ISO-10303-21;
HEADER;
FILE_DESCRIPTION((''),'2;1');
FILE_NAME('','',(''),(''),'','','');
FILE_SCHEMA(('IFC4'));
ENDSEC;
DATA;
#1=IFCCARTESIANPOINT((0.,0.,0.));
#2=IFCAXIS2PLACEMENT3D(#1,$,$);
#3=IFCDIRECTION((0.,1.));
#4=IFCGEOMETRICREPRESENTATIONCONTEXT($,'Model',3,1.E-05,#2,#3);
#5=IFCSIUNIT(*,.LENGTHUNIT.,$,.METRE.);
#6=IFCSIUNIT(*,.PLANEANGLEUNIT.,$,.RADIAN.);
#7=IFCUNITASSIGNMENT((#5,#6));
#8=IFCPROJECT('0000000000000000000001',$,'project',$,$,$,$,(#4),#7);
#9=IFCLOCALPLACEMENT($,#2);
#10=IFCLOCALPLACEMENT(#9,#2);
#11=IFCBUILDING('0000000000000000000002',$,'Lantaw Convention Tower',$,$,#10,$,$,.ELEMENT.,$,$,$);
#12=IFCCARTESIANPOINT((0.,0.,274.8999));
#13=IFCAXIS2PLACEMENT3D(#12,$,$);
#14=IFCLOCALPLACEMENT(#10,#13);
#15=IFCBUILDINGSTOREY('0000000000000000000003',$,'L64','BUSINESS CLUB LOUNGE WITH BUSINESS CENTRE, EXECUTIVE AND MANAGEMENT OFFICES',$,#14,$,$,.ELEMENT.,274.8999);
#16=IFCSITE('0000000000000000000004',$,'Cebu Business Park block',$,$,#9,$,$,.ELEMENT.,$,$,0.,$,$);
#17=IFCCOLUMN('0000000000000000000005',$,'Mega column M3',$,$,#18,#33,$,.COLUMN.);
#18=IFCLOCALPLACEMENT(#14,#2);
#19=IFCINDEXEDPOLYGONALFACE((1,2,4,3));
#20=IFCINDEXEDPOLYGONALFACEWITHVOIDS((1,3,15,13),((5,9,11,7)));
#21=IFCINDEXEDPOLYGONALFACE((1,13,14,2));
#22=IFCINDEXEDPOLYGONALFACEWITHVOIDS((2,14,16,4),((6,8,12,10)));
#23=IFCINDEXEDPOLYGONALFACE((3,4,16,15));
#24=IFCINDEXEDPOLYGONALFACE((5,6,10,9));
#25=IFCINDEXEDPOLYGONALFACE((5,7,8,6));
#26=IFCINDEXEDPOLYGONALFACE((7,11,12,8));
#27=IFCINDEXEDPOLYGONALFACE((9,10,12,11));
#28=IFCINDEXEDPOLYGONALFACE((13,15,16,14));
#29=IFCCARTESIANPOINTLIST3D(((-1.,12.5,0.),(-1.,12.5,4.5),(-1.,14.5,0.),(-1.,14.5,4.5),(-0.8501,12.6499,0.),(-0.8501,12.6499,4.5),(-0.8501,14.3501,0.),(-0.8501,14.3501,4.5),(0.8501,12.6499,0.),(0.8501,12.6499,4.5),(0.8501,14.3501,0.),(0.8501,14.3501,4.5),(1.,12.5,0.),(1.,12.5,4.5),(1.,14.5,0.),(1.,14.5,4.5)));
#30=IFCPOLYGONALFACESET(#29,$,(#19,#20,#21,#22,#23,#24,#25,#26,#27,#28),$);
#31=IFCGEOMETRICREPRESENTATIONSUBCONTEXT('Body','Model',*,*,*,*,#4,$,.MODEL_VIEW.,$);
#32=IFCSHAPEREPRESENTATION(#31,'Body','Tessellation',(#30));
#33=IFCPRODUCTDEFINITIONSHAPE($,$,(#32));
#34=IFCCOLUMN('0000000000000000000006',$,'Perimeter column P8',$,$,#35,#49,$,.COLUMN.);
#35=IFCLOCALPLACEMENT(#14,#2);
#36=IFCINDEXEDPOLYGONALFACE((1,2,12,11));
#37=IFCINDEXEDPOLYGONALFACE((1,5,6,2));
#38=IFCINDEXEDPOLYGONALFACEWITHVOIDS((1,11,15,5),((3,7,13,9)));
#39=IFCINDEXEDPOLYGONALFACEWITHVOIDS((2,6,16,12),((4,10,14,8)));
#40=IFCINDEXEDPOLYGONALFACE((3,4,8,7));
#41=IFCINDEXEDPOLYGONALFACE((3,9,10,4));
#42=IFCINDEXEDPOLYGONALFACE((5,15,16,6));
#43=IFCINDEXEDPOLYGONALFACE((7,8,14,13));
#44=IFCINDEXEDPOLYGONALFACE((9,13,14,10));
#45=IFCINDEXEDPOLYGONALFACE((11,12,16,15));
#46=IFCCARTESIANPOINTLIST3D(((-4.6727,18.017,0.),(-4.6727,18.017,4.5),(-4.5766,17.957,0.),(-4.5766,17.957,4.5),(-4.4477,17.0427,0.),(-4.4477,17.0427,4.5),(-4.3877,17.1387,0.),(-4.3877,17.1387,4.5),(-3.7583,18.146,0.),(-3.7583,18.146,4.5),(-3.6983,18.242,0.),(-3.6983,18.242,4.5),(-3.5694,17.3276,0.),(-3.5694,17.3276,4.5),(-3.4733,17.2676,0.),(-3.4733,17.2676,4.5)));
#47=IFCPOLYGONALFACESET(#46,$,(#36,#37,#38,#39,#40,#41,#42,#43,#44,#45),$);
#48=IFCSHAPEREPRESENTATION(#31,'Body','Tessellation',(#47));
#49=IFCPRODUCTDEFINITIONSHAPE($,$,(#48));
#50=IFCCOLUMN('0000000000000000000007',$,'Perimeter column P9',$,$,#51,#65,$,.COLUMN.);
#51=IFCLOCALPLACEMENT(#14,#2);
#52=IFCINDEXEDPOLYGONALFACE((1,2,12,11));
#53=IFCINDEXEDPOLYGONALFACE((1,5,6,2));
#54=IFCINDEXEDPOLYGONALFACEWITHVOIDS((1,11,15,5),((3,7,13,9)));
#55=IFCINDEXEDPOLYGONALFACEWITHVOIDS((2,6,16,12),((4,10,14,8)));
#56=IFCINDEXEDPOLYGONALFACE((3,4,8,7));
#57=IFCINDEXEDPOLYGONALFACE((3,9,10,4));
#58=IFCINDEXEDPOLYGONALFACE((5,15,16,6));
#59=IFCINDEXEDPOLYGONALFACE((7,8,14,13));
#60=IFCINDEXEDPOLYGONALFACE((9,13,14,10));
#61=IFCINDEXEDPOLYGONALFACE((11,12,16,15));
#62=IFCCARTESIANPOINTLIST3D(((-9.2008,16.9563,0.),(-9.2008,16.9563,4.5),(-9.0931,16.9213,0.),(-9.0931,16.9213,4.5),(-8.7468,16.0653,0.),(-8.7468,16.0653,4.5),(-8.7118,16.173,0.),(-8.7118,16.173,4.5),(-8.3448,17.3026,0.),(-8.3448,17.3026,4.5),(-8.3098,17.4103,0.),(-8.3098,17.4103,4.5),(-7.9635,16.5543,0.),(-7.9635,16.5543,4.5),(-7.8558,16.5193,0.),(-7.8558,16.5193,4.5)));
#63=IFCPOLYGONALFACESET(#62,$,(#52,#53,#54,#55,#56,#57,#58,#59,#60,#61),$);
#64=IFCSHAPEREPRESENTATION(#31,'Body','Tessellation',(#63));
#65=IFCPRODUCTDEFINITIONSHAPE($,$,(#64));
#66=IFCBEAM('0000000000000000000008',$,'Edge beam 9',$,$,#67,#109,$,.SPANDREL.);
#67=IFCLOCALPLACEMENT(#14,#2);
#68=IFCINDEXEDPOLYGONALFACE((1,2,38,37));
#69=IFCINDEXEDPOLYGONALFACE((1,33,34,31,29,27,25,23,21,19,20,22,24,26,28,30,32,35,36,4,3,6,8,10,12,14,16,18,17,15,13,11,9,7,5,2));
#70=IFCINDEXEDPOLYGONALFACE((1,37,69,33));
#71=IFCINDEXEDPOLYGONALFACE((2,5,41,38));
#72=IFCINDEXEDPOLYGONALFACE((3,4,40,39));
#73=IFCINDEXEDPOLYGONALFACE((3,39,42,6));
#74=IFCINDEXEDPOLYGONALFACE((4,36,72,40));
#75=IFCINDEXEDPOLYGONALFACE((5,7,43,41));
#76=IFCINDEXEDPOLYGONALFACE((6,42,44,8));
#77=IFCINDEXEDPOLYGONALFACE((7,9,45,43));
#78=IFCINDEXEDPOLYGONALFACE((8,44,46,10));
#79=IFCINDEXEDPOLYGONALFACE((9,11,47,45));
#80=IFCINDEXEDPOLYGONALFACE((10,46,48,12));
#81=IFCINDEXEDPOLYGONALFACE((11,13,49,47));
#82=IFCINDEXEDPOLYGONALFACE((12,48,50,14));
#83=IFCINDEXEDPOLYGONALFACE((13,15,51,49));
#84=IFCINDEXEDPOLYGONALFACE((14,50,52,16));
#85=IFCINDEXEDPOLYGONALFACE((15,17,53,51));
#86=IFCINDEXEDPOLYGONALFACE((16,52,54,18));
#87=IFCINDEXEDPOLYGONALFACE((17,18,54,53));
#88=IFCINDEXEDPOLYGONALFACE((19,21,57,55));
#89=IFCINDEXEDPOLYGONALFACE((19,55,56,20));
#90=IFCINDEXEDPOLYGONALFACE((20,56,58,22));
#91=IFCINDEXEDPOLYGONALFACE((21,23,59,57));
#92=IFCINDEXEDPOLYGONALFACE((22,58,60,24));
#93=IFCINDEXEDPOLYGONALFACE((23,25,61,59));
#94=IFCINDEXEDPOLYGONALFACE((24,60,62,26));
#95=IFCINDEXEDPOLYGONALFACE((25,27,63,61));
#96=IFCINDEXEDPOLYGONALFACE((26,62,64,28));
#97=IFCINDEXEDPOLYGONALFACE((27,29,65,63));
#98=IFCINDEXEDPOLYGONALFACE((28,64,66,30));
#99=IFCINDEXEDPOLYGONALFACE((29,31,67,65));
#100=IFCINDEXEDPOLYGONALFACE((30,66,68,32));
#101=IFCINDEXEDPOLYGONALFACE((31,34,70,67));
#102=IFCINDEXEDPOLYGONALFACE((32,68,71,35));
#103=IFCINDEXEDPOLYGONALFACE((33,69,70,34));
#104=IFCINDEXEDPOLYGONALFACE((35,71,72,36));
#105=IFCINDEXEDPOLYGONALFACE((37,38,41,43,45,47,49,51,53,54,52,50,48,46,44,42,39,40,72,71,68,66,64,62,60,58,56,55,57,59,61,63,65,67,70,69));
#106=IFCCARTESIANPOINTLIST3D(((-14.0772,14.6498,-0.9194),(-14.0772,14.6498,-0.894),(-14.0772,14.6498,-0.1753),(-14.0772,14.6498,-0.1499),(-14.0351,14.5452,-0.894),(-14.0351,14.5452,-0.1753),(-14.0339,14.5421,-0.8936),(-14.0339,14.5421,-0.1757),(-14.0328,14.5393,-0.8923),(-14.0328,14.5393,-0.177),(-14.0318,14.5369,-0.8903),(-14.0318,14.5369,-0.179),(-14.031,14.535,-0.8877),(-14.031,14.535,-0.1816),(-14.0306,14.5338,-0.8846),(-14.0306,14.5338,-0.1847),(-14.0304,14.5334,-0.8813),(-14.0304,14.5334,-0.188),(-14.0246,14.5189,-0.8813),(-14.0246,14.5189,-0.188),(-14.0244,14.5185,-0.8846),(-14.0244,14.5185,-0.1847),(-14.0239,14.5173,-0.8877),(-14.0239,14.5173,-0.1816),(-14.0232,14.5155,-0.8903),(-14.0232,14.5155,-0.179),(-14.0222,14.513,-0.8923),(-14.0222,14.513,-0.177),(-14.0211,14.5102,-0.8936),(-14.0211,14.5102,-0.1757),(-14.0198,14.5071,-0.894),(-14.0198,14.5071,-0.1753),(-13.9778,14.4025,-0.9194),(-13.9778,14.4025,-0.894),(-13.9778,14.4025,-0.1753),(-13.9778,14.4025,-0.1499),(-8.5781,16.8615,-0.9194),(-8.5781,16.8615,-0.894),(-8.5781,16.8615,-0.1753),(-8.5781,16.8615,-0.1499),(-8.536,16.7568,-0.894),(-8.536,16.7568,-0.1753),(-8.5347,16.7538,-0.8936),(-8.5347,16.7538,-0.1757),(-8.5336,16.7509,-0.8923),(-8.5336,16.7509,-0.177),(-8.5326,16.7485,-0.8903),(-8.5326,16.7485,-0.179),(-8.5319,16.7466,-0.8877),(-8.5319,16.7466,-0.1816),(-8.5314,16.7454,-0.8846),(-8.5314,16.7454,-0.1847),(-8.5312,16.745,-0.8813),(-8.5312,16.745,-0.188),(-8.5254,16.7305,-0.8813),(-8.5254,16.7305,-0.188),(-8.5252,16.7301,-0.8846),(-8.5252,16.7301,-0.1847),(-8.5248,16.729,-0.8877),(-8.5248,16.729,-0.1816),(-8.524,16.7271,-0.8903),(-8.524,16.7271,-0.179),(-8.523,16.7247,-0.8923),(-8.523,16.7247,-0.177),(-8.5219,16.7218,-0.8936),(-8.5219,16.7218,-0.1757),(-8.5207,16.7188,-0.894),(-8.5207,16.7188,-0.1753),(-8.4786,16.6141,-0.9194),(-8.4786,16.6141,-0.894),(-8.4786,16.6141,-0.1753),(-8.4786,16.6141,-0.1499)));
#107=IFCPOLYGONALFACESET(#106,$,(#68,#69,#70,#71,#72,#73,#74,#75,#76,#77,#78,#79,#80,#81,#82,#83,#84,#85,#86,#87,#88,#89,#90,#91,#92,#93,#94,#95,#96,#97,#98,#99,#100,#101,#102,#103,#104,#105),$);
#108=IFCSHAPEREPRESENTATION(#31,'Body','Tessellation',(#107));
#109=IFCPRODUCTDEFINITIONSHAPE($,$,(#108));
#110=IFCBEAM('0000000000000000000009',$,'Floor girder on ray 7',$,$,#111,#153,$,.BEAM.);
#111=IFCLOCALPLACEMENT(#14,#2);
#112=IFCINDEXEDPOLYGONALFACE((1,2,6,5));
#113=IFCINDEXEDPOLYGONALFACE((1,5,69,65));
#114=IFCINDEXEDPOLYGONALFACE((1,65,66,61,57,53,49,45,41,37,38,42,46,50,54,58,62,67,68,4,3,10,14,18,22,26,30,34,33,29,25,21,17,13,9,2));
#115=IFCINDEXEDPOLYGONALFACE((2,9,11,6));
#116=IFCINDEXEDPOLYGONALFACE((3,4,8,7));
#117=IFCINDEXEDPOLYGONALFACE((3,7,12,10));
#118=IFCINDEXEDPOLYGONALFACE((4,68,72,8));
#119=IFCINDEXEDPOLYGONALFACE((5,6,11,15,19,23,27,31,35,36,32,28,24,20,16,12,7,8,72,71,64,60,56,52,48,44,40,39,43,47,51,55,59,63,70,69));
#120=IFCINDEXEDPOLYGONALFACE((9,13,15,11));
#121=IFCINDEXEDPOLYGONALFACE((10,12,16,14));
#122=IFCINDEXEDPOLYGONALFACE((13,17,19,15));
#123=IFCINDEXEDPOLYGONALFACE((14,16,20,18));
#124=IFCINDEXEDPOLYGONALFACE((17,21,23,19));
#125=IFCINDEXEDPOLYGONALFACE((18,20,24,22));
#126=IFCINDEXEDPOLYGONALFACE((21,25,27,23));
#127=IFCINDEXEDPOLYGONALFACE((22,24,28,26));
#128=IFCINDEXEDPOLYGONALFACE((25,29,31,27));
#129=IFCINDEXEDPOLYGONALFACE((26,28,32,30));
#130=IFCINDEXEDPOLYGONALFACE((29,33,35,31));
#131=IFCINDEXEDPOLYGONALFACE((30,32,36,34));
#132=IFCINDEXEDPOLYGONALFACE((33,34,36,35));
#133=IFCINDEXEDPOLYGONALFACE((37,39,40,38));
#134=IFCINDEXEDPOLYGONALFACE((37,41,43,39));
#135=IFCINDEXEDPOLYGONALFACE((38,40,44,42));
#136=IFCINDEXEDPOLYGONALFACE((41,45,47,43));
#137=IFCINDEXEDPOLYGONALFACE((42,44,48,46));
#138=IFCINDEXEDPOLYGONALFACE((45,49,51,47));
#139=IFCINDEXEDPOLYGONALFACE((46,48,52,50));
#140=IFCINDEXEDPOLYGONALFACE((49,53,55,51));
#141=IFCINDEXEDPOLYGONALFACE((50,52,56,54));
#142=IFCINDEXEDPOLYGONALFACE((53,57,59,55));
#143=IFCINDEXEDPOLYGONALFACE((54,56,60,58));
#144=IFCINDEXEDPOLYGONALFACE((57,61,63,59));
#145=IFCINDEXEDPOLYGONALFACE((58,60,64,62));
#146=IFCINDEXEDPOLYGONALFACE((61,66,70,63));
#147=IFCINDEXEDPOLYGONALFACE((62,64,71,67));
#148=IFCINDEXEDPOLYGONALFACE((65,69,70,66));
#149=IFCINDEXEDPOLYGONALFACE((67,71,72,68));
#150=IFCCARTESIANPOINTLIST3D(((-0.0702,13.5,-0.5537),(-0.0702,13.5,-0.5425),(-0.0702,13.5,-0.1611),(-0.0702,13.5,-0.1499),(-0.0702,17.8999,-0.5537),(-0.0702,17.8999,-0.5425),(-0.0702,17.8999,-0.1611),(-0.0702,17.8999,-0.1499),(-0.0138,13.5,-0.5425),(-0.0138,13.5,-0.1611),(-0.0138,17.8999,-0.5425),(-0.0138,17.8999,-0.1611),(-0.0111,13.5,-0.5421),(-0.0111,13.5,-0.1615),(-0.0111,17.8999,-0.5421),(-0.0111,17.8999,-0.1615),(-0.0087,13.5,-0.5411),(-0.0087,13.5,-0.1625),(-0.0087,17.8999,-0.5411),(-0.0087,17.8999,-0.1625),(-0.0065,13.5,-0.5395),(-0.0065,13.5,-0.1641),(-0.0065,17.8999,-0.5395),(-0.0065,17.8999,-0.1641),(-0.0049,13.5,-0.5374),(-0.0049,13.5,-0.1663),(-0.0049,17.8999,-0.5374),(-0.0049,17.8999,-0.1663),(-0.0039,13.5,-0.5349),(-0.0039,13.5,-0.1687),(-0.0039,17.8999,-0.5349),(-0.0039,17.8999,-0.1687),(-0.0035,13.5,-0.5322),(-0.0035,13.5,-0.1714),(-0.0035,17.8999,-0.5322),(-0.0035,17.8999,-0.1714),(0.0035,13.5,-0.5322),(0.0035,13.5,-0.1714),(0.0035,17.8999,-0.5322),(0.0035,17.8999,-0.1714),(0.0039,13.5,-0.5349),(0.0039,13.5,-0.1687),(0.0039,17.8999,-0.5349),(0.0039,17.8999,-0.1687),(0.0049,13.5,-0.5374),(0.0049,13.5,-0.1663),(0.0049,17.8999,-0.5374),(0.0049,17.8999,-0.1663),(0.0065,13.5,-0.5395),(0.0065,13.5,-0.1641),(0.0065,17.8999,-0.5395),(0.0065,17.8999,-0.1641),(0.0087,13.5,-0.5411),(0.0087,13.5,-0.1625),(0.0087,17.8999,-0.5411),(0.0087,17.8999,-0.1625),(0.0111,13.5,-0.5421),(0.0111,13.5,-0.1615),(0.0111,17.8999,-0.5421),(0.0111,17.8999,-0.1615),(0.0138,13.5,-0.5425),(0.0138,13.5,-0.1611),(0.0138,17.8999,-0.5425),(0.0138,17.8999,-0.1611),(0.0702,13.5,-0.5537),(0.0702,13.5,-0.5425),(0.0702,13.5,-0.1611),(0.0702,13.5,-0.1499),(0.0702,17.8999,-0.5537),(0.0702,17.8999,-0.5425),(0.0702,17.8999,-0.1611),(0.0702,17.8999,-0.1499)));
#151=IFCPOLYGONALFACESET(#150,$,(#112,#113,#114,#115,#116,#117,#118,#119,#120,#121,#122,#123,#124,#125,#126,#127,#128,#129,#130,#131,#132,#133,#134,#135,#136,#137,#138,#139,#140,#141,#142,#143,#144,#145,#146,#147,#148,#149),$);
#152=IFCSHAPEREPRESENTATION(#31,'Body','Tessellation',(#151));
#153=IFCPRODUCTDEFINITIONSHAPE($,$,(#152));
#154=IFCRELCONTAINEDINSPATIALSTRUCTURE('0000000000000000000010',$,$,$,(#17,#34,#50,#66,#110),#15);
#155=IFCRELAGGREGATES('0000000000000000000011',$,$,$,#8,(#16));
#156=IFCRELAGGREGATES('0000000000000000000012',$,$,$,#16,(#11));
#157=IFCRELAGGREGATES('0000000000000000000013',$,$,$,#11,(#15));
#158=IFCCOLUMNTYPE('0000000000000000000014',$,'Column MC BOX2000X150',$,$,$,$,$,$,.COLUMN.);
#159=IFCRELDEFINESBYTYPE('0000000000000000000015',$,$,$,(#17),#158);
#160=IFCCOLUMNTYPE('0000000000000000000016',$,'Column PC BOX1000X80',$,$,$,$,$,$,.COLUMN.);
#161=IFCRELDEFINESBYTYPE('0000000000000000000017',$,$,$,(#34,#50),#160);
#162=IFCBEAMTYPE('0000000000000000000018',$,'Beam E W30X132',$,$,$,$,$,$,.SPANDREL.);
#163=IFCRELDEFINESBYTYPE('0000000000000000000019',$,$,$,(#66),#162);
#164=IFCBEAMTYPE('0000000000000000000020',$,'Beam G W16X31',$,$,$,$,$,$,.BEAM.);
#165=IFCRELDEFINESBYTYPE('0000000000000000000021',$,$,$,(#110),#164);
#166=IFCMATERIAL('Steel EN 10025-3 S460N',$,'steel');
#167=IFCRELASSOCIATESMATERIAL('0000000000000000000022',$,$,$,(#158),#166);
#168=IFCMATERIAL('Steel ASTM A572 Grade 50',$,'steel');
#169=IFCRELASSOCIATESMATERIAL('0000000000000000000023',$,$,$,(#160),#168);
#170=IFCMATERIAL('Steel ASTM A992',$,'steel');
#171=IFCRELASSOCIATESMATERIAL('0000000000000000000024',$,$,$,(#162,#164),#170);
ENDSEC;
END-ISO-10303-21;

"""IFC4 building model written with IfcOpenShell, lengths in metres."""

from ifc_helpers import new_model, si_unit, direction, frame, origin, origin_2d, place, context, subcontext, project, spatial, rectangle, hollow_rectangle, i_section, extrude, material, material_profile, profile_set, type_object, element, save


model = new_model("IFC4")

# Units and contexts
model_context = context("Model", 3, precision=1e-05, world=origin(), true_north=direction((0.0, 1.0)))
body_context = subcontext(model_context, "Body", "Model", "MODEL_VIEW")
ifc_project = project(units=[si_unit("LENGTHUNIT", "METRE"), si_unit("PLANEANGLEUNIT", "RADIAN")], contexts=[model_context])

# Site, building, storey
site_placement = place(None, origin())
site = spatial("IfcSite", under=ifc_project, at=site_placement, Name="Cebu Business Park block", CompositionType="ELEMENT", RefElevation=0.0)
building_placement = place(site_placement, origin())
building = spatial("IfcBuilding", under=site, at=building_placement, Name="Lantaw Convention Tower", CompositionType="ELEMENT")
storey_placement = place(building_placement, frame((0.0, 0.0, 274.8999)))
storey = spatial("IfcBuildingStorey", under=building, at=storey_placement, Name="L64", Description="BUSINESS CLUB LOUNGE WITH BUSINESS CENTRE, EXECUTIVE AND MANAGEMENT OFFICES", CompositionType="ELEMENT", Elevation=274.8999)

# Columns
ifc_material_1 = material(Name="Steel EN 10025-3 S460N", Category="steel")
ifc_material_profile_1 = material_profile(ifc_material_1, hollow_rectangle(XDim=2.0, YDim=2.0, WallThickness=0.1499, at=origin_2d()), Name="BOX2000X150")
ifc_material_2 = material(Name="Concrete C60/75", Category="concrete")
ifc_material_profile_2 = material_profile(ifc_material_2, rectangle(XDim=1.7, YDim=1.7, at=origin_2d()), Name="Concrete fill of BOX2000X150")
ifc_profile_set_1 = profile_set([ifc_material_profile_1, ifc_material_profile_2], Name="Steel EN 10025-3 S460N")
column_type_1 = type_object("IfcColumnType", Name="Column MC BOX2000X150", PredefinedType="COLUMN", material=ifc_profile_set_1)
column_placement = place(storey_placement, frame((0.0, 13.5, 0.0), z_axis=(0.0, 0.0, 1.0), x_axis=(1.0, 0.0, 0.0)))
element("IfcColumn", 1, at=column_placement, inside=storey, type_object=column_type_1, Name="Mega column M3", PredefinedType="COLUMN", context=body_context, shape_type="SweptSolid", body=[
    extrude(hollow_rectangle(XDim=2.0, YDim=2.0, WallThickness=0.1499, at=origin_2d()), origin(), (0.0, 0.0, 1.0), 4.5),
])
ifc_material_3 = material(Name="Steel ASTM A572 Grade 50", Category="steel")
ifc_material_profile_3 = material_profile(ifc_material_3, hollow_rectangle(XDim=1.0, YDim=1.0, WallThickness=0.0801, at=origin_2d()), Name="BOX1000X80")
ifc_material_profile_4 = material_profile(ifc_material_2, rectangle(XDim=0.8401, YDim=0.8401, at=origin_2d()), Name="Concrete fill of BOX1000X80")
ifc_profile_set_2 = profile_set([ifc_material_profile_3, ifc_material_profile_4], Name="Steel ASTM A572 Grade 50")
column_type_2 = type_object("IfcColumnType", Name="Column PC BOX1000X80", PredefinedType="COLUMN", material=ifc_profile_set_2)
for number, where, z_axis, x_axis, name in (
    (2, (-4.073, 17.6423, 0.0), (0.0, 0.0, 1.0), (0.97437, 0.224951, 0.0), "Perimeter column P8"),
    (3, (-8.5283, 16.7378, 0.0), (0.0, 0.0, 1.0), (0.891007, 0.45399, 0.0), "Perimeter column P9"),
):
    element("IfcColumn", number, at=place(storey_placement, frame(where, z_axis=z_axis, x_axis=x_axis)), inside=storey, type_object=column_type_2, Name=name, PredefinedType="COLUMN", context=body_context, shape_type="SweptSolid", body=[
        extrude(hollow_rectangle(XDim=1.0, YDim=1.0, WallThickness=0.0801, at=origin_2d()), origin(), (0.0, 0.0, 1.0), 4.5),
    ])

# Beams
ifc_material_4 = material(Name="Steel ASTM A992", Category="steel")
ifc_material_profile_5 = material_profile(ifc_material_4, i_section(OverallWidth=0.2666, OverallDepth=0.7695, WebThickness=0.0156, FlangeThickness=0.0254, FilletRadius=0.0127, at=origin_2d()), Name="W30X132")
ifc_profile_set_3 = profile_set([ifc_material_profile_5], Name="Steel ASTM A992")
beam_type_1 = type_object("IfcBeamType", Name="Beam E W30X132", PredefinedType="SPANDREL", material=ifc_profile_set_3)
beam_1_placement = place(storey_placement, frame((-8.5283, 16.7378, -0.5347), z_axis=(-0.927779, -0.37313, 0.0), x_axis=(0.37313, -0.927779, 0.0)))
element("IfcBeam", 4, at=beam_1_placement, inside=storey, type_object=beam_type_1, Name="Edge beam 9", PredefinedType="SPANDREL", context=body_context, shape_type="SweptSolid", body=[
    extrude(i_section(OverallWidth=0.2666, OverallDepth=0.7695, WebThickness=0.0156, FlangeThickness=0.0254, FilletRadius=0.0127, at=origin_2d()), origin(), (0.0, 0.0, 1.0), 5.9272),
])
ifc_material_profile_6 = material_profile(ifc_material_4, i_section(OverallWidth=0.1404, OverallDepth=0.4038, WebThickness=0.0071, FlangeThickness=0.0112, FilletRadius=0.0103, at=origin_2d()), Name="W16X31")
ifc_profile_set_4 = profile_set([ifc_material_profile_6], Name="Steel ASTM A992")
beam_type_2 = type_object("IfcBeamType", Name="Beam G W16X31", PredefinedType="BEAM", material=ifc_profile_set_4)
beam_2_placement = place(storey_placement, frame((0.0, 13.5, -0.3518), z_axis=(0.0, 1.0, 0.0), x_axis=(-1.0, 0.0, 0.0)))
element("IfcBeam", 5, at=beam_2_placement, inside=storey, type_object=beam_type_2, Name="Floor girder on ray 7", PredefinedType="BEAM", context=body_context, shape_type="SweptSolid", body=[
    extrude(i_section(OverallWidth=0.1404, OverallDepth=0.4038, WebThickness=0.0071, FlangeThickness=0.0112, FilletRadius=0.0103, at=origin_2d()), origin(), (0.0, 0.0, 1.0), 4.3999),
])

save(model, "model.ifc")
